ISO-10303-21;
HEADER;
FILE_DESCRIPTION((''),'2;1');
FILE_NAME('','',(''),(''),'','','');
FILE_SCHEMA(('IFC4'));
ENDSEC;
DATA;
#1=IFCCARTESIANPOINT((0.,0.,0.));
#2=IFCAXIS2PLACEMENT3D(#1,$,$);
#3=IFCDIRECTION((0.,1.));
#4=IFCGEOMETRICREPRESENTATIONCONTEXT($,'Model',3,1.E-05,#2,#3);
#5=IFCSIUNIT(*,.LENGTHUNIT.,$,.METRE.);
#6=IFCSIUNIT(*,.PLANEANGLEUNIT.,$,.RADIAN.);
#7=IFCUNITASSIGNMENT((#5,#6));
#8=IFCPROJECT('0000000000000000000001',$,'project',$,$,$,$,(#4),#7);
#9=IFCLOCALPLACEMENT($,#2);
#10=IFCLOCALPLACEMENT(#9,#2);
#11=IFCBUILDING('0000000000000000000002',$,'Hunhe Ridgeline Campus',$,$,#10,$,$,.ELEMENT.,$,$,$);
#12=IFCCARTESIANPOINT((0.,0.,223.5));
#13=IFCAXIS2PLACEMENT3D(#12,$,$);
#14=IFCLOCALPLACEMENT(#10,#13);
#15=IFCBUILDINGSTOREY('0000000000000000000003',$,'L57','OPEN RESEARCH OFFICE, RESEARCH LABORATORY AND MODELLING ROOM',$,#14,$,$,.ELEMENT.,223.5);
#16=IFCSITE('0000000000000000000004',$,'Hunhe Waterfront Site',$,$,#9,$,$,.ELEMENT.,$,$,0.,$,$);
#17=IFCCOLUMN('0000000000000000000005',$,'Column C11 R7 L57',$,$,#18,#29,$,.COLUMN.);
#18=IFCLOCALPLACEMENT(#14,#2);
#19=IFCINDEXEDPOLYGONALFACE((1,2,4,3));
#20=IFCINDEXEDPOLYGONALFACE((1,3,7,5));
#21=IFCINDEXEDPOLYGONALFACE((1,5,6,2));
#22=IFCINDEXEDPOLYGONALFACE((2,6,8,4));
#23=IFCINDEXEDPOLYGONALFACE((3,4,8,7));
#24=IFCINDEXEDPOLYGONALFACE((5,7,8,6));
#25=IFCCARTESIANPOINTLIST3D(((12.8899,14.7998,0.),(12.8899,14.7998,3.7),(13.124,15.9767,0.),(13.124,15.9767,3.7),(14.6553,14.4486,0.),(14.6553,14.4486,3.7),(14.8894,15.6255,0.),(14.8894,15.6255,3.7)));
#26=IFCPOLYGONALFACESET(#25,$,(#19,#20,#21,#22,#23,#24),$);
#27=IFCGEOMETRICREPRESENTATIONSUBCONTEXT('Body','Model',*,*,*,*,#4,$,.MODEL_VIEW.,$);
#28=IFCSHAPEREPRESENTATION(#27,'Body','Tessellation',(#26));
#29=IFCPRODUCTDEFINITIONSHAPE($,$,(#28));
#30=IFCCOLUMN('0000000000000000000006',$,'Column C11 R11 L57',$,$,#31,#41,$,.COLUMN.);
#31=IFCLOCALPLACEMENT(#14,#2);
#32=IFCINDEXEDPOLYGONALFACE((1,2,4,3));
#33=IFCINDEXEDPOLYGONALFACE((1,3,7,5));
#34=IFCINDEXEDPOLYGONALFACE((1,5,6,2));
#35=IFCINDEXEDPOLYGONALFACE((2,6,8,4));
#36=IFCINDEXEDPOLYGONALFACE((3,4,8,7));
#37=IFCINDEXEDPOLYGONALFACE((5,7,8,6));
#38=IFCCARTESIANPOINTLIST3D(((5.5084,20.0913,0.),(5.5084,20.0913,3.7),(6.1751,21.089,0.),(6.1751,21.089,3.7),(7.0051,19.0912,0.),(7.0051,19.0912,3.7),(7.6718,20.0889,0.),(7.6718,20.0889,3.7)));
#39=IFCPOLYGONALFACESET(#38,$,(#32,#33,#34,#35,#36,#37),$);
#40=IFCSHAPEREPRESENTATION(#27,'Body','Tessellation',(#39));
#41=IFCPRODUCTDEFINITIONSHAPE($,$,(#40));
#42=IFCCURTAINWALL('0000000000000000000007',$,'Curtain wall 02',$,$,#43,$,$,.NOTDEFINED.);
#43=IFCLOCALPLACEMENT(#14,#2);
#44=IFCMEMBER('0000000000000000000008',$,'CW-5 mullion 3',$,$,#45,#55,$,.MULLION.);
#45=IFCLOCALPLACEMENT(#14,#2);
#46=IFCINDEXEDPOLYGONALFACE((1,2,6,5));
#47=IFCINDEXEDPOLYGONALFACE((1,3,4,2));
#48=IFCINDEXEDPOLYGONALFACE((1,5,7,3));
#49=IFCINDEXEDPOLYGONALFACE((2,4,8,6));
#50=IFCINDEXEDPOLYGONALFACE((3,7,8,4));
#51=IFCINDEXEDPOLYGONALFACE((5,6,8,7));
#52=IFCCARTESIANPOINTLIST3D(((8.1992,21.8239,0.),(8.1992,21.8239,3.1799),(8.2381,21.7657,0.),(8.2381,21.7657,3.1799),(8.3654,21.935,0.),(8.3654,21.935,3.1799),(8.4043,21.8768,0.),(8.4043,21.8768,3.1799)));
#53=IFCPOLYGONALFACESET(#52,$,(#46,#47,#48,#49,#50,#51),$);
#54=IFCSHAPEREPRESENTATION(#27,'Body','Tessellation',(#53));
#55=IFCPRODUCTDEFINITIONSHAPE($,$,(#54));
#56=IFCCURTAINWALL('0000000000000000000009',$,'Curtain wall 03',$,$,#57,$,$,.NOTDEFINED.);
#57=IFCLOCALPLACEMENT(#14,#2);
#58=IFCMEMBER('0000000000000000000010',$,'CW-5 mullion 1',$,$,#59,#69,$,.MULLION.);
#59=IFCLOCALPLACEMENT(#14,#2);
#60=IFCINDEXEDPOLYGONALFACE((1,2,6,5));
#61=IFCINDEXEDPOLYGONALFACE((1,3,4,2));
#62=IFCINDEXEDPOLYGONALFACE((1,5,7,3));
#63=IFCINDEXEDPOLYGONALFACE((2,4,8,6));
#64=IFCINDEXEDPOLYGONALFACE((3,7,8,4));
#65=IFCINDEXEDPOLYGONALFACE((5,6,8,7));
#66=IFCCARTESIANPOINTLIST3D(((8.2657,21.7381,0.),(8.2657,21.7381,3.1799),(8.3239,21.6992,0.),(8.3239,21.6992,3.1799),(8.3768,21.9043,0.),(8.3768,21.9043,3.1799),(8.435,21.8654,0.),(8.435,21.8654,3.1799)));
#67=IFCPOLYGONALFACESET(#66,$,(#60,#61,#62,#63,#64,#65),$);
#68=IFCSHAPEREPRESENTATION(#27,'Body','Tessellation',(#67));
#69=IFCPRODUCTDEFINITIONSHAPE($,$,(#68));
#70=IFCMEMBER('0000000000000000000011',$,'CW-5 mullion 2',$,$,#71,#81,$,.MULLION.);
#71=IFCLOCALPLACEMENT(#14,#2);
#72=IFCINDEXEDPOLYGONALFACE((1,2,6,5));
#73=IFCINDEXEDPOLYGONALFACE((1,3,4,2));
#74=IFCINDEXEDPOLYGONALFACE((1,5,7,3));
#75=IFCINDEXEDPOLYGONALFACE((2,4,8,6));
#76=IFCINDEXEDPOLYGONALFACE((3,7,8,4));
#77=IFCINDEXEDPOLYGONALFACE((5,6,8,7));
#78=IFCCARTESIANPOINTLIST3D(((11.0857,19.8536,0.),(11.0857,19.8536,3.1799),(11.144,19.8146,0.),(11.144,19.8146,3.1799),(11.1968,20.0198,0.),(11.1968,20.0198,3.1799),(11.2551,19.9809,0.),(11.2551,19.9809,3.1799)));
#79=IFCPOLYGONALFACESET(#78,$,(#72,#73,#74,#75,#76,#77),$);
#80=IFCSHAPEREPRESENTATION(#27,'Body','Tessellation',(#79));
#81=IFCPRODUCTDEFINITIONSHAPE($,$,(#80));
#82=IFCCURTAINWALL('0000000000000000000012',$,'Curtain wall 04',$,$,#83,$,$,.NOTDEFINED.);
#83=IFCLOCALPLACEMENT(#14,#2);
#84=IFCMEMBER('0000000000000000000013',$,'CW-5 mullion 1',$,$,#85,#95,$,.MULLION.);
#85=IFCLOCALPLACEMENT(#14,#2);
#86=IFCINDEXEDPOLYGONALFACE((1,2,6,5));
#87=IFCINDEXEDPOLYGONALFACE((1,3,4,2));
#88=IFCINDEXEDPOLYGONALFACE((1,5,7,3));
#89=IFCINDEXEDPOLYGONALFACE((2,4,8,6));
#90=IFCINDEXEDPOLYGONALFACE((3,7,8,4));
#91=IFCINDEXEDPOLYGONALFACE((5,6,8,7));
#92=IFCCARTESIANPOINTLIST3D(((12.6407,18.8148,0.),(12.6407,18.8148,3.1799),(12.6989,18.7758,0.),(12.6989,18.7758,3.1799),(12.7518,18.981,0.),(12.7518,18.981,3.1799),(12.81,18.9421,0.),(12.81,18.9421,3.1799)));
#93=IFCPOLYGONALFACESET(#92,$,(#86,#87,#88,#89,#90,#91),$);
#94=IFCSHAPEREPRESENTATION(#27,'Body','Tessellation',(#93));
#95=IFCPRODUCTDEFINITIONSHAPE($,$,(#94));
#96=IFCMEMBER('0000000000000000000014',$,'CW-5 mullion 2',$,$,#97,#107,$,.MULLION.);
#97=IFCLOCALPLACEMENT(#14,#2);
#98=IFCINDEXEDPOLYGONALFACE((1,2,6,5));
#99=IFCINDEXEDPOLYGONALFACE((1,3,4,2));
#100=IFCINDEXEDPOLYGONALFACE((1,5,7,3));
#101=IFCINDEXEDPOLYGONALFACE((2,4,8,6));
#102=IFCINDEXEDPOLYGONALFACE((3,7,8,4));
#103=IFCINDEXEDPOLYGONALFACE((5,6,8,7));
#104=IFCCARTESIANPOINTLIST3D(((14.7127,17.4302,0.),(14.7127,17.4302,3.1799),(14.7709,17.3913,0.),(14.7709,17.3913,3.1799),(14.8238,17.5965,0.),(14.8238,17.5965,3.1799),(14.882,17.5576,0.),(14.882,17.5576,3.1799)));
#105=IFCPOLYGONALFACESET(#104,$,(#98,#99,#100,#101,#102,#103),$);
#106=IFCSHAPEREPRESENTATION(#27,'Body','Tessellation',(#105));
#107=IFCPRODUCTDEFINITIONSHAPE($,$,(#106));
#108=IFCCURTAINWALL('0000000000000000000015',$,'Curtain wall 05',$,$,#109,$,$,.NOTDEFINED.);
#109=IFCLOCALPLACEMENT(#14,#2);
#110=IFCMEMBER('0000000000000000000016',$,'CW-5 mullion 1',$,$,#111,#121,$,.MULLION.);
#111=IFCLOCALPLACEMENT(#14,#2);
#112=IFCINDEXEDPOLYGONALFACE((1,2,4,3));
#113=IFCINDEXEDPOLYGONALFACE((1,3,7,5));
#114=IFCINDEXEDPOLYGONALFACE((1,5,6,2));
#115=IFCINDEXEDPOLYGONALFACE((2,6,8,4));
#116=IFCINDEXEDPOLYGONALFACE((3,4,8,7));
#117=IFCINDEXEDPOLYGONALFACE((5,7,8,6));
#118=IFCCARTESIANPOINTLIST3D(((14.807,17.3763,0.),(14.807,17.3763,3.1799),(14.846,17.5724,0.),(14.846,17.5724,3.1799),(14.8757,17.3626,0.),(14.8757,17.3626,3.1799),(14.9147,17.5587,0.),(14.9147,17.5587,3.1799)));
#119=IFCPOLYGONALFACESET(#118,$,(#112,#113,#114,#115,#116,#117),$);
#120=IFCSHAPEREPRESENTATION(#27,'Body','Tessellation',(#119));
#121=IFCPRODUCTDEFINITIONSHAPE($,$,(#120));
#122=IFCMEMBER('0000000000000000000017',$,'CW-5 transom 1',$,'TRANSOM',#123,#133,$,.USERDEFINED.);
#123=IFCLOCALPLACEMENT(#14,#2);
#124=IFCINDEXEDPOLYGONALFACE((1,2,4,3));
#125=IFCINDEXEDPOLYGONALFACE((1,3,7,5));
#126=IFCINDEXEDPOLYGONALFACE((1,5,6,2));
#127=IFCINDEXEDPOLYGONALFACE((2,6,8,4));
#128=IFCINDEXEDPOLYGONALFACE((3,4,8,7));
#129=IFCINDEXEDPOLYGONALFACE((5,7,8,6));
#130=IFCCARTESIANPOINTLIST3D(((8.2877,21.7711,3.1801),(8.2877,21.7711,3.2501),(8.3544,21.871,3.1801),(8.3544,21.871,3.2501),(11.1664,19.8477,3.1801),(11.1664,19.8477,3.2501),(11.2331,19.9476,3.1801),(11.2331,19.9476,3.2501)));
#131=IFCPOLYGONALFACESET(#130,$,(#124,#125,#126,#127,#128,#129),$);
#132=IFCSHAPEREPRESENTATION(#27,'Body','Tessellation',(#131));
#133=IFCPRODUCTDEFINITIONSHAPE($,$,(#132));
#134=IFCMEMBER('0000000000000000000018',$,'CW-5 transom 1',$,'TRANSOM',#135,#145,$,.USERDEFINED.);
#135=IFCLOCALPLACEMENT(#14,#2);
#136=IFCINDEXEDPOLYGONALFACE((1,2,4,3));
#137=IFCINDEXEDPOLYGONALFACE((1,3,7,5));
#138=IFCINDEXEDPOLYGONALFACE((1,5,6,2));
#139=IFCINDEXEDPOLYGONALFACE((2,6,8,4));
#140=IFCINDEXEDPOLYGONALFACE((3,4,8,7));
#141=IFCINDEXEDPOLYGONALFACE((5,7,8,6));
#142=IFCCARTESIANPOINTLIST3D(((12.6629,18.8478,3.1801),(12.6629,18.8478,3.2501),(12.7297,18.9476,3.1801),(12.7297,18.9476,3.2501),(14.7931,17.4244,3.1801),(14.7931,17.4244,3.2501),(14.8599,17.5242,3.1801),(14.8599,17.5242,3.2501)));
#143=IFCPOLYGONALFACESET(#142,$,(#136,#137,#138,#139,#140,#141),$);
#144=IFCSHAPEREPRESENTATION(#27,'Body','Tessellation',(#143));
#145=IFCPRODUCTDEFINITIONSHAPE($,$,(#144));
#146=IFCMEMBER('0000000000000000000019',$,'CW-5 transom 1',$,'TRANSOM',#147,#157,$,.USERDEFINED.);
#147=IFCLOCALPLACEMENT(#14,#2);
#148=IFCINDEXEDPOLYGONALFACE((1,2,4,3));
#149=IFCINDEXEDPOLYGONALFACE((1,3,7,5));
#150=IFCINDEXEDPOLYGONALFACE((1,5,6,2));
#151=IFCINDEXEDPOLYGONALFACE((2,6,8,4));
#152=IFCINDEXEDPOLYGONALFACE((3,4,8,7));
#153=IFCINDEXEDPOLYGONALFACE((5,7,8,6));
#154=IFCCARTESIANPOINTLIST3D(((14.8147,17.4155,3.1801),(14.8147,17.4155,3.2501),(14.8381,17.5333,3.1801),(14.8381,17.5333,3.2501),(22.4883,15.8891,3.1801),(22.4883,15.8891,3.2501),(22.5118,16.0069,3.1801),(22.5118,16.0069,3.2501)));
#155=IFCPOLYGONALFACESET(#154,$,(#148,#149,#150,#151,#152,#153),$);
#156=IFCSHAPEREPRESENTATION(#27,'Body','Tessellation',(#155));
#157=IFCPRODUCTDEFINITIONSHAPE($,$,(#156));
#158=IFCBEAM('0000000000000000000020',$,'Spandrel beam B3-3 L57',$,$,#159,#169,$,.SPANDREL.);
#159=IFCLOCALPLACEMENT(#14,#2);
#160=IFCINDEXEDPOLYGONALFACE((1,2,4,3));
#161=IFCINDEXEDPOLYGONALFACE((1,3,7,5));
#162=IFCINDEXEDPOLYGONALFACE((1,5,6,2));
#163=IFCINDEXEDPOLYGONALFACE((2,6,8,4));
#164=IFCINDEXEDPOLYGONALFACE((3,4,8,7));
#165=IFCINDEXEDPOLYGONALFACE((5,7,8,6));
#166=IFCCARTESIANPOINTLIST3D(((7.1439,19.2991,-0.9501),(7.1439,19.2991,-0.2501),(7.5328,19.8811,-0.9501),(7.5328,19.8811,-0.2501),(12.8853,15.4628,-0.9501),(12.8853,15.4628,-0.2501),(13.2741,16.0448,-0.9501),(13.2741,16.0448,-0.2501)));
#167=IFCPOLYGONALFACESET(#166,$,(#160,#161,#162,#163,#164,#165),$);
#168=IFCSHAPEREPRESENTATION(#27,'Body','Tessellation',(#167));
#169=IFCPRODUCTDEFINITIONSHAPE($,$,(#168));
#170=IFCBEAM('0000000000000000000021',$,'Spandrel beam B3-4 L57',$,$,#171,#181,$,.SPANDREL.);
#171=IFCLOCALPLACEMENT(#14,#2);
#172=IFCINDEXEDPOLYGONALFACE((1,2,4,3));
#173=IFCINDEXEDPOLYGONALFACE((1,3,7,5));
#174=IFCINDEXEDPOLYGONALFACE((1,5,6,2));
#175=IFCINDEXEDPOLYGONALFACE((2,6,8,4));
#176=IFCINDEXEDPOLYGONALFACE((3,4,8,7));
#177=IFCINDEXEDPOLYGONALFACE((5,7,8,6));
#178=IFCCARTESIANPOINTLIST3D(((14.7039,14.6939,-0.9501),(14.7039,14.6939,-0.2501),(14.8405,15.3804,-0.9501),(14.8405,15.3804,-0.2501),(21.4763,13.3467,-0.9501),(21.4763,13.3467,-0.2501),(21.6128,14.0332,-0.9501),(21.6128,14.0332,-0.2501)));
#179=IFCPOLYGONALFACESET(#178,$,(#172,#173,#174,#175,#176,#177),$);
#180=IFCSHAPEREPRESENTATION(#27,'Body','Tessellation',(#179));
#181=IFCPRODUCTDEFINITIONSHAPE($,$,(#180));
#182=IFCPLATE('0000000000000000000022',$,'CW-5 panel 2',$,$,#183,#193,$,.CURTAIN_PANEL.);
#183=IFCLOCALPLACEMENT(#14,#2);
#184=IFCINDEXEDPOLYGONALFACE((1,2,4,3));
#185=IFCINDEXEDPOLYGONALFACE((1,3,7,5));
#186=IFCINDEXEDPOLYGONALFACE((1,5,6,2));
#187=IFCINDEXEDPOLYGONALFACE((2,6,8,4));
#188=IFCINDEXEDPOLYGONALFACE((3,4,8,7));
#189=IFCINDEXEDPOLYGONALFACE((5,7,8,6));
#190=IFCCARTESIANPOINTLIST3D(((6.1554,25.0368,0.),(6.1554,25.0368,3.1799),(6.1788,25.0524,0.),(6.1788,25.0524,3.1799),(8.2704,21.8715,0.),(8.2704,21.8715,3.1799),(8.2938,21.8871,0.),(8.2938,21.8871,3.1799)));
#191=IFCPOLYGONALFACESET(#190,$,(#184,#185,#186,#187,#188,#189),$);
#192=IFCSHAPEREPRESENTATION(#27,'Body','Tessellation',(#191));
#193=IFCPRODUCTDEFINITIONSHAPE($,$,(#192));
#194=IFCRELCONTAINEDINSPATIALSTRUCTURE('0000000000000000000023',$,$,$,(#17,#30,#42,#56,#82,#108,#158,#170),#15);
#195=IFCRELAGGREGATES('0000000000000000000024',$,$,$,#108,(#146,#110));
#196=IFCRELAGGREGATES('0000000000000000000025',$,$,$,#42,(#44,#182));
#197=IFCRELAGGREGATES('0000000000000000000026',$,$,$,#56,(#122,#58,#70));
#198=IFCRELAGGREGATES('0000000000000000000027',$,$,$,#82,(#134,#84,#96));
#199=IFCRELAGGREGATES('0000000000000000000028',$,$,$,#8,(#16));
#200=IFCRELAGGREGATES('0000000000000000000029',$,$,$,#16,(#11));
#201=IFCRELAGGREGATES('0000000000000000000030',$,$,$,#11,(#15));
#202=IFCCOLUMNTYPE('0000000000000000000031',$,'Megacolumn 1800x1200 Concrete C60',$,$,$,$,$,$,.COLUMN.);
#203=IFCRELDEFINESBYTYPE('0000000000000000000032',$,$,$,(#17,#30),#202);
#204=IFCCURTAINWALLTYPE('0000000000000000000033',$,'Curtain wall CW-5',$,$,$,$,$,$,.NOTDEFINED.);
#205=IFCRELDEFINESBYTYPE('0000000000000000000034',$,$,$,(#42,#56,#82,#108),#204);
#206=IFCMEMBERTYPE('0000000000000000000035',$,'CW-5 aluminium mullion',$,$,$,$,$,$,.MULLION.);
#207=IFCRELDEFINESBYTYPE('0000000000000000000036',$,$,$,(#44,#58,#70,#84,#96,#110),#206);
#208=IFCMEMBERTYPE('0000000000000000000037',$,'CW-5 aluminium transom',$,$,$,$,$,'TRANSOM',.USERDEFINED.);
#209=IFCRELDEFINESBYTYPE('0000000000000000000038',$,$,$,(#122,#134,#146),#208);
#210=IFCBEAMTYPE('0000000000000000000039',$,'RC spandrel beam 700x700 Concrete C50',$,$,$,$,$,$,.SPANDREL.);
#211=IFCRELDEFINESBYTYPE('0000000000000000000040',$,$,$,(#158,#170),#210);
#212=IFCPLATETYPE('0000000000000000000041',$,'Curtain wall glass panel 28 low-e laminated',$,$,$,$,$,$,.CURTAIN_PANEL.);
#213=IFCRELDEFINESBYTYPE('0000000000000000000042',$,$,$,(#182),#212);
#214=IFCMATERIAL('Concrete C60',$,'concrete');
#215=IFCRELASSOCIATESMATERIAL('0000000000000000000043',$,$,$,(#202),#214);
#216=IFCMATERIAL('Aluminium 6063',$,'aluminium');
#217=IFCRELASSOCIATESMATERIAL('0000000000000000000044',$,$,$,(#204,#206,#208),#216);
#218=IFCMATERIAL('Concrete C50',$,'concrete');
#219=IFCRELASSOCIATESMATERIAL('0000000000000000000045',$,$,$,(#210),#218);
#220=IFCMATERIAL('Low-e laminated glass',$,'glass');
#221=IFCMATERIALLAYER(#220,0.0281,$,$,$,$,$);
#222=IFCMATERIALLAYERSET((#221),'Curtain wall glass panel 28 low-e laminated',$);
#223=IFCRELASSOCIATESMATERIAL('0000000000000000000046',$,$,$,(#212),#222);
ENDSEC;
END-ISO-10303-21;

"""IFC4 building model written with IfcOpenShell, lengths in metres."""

from ifc_helpers import new_model, si_unit, direction, frame, origin, origin_2d, place, context, subcontext, project, spatial, rectangle, extrude, material, layer, layer_set, material_profile, profile_set, type_object, element, aggregate, save


model = new_model("IFC4")

# Units and contexts
model_context = context("Model", 3, precision=1e-05, world=origin(), true_north=direction((0.0, 1.0)))
body_context = subcontext(model_context, "Body", "Model", "MODEL_VIEW")
ifc_project = project(units=[si_unit("LENGTHUNIT", "METRE"), si_unit("PLANEANGLEUNIT", "RADIAN")], contexts=[model_context])

# Site, building, storey
site_placement = place(None, origin())
site = spatial("IfcSite", under=ifc_project, at=site_placement, Name="Hunhe Waterfront Site", CompositionType="ELEMENT", RefElevation=0.0)
building_placement = place(site_placement, origin())
building = spatial("IfcBuilding", under=site, at=building_placement, Name="Hunhe Ridgeline Campus", CompositionType="ELEMENT")
storey_placement = place(building_placement, frame((0.0, 0.0, 223.5)))
storey = spatial("IfcBuildingStorey", under=building, at=storey_placement, Name="L57", Description="OPEN RESEARCH OFFICE, RESEARCH LABORATORY AND MODELLING ROOM", CompositionType="ELEMENT", Elevation=223.5)

# Columns
ifc_material_1 = material(Name="Concrete C60", Category="concrete")
ifc_material_profile_1 = material_profile(ifc_material_1, rectangle(XDim=1.8, YDim=1.2, at=origin_2d()))
ifc_profile_set_1 = profile_set([ifc_material_profile_1], Name="Concrete C60")
column_type = type_object("IfcColumnType", Name="Megacolumn 1800x1200 Concrete C60", PredefinedType="COLUMN", material=ifc_profile_set_1)
for number, where, z_axis, x_axis, name in (
    (1, (13.8896, 15.2126, 0.0), (0.0, 0.0, 1.0), (-0.980785, 0.19509, 0.0), "Column C11 R7 L57"),
    (2, (6.5901, 20.0901, 0.0), (0.0, 0.0, 1.0), (-0.83147, 0.55557, 0.0), "Column C11 R11 L57"),
):
    element("IfcColumn", number, at=place(storey_placement, frame(where, z_axis=z_axis, x_axis=x_axis)), inside=storey, type_object=column_type, Name=name, PredefinedType="COLUMN", context=body_context, shape_type="SweptSolid", body=[
        extrude(rectangle(XDim=1.8, YDim=1.2, at=origin_2d()), origin(), (0.0, 0.0, 1.0), 3.7),
    ])

# Curtain wall, member
ifc_material_2 = material(Name="Aluminium 6063", Category="aluminium")
curtain_wall_type = type_object("IfcCurtainWallType", Name="Curtain wall CW-5", PredefinedType="NOTDEFINED", material=ifc_material_2)
curtain_wall_1_placement = place(storey_placement, origin())
curtain_wall_1 = element("IfcCurtainWall", 3, at=curtain_wall_1_placement, inside=storey, type_object=curtain_wall_type, Name="Curtain wall 02", PredefinedType="NOTDEFINED")
ifc_material_profile_2 = material_profile(ifc_material_2, rectangle(XDim=0.2, YDim=0.0701, at=origin_2d()))
ifc_profile_set_2 = profile_set([ifc_material_profile_2], Name="Aluminium 6063")
member_type_1 = type_object("IfcMemberType", Name="CW-5 aluminium mullion", PredefinedType="MULLION", material=ifc_profile_set_2)
member_1_placement = place(storey_placement, frame((8.3018, 21.8503, 0.0), z_axis=(0.0, 0.0, 1.0), x_axis=(0.83147, 0.55557, 0.0)))
member_1 = element("IfcMember", 4, at=member_1_placement, type_object=member_type_1, Name="CW-5 mullion 3", PredefinedType="MULLION", context=body_context, shape_type="SweptSolid", body=[
    extrude(rectangle(XDim=0.2, YDim=0.0701, at=origin_2d()), origin(), (0.0, 0.0, 1.0), 3.1799),
])

# Curtain walls, members
curtain_wall_2_placement = place(storey_placement, origin())
curtain_wall_2 = element("IfcCurtainWall", 5, at=curtain_wall_2_placement, inside=storey, type_object=curtain_wall_type, Name="Curtain wall 03", PredefinedType="NOTDEFINED")
member_2_placement = place(storey_placement, frame((8.3503, 21.8018, 0.0), z_axis=(0.0, 0.0, 1.0), x_axis=(0.55557, 0.83147, 0.0)))
member_2 = element("IfcMember", 6, at=member_2_placement, type_object=member_type_1, Name="CW-5 mullion 1", PredefinedType="MULLION", context=body_context, shape_type="SweptSolid", body=[
    extrude(rectangle(XDim=0.2, YDim=0.0701, at=origin_2d()), origin(), (0.0, 0.0, 1.0), 3.1799),
])
member_3_placement = place(storey_placement, frame((11.1704, 19.9172, 0.0), z_axis=(0.0, 0.0, 1.0), x_axis=(0.55557, 0.83147, 0.0)))
member_3 = element("IfcMember", 7, at=member_3_placement, type_object=member_type_1, Name="CW-5 mullion 2", PredefinedType="MULLION", context=body_context, shape_type="SweptSolid", body=[
    extrude(rectangle(XDim=0.2, YDim=0.0701, at=origin_2d()), origin(), (0.0, 0.0, 1.0), 3.1799),
])
curtain_wall_3_placement = place(storey_placement, origin())
curtain_wall_3 = element("IfcCurtainWall", 8, at=curtain_wall_3_placement, inside=storey, type_object=curtain_wall_type, Name="Curtain wall 04", PredefinedType="NOTDEFINED")
member_4_placement = place(storey_placement, frame((12.7253, 18.8784, 0.0), z_axis=(0.0, 0.0, 1.0), x_axis=(0.55557, 0.83147, 0.0)))
member_4 = element("IfcMember", 9, at=member_4_placement, type_object=member_type_1, Name="CW-5 mullion 1", PredefinedType="MULLION", context=body_context, shape_type="SweptSolid", body=[
    extrude(rectangle(XDim=0.2, YDim=0.0701, at=origin_2d()), origin(), (0.0, 0.0, 1.0), 3.1799),
])
member_5_placement = place(storey_placement, frame((14.7974, 17.4939, 0.0), z_axis=(0.0, 0.0, 1.0), x_axis=(0.55557, 0.83147, 0.0)))
member_5 = element("IfcMember", 10, at=member_5_placement, type_object=member_type_1, Name="CW-5 mullion 2", PredefinedType="MULLION", context=body_context, shape_type="SweptSolid", body=[
    extrude(rectangle(XDim=0.2, YDim=0.0701, at=origin_2d()), origin(), (0.0, 0.0, 1.0), 3.1799),
])

# Curtain wall, member
curtain_wall_4_placement = place(storey_placement, origin())
curtain_wall_4 = element("IfcCurtainWall", 11, at=curtain_wall_4_placement, inside=storey, type_object=curtain_wall_type, Name="Curtain wall 05", PredefinedType="NOTDEFINED")
member_6_placement = place(storey_placement, frame((14.8608, 17.4675, 0.0), z_axis=(0.0, 0.0, 1.0), x_axis=(0.19509, 0.980785, 0.0)))
member_6 = element("IfcMember", 12, at=member_6_placement, type_object=member_type_1, Name="CW-5 mullion 1", PredefinedType="MULLION", context=body_context, shape_type="SweptSolid", body=[
    extrude(rectangle(XDim=0.2, YDim=0.0701, at=origin_2d()), origin(), (0.0, 0.0, 1.0), 3.1799),
])

# Members
ifc_material_profile_3 = material_profile(ifc_material_2, rectangle(XDim=0.1201, YDim=0.0701, at=origin_2d()))
ifc_profile_set_3 = profile_set([ifc_material_profile_3], Name="Aluminium 6063")
member_type_2 = type_object("IfcMemberType", Name="CW-5 aluminium transom", ElementType="TRANSOM", PredefinedType="USERDEFINED", material=ifc_profile_set_3)
member_7_placement = place(storey_placement, frame((8.321, 21.821, 3.2151), z_axis=(0.831486, -0.555546, 0.0), x_axis=(0.555546, 0.831486, 0.0)))
member_7 = element("IfcMember", 13, at=member_7_placement, type_object=member_type_2, Name="CW-5 transom 1", ObjectType="TRANSOM", PredefinedType="USERDEFINED", context=body_context, shape_type="SweptSolid", body=[
    extrude(rectangle(XDim=0.1201, YDim=0.0701, at=origin_2d()), origin(), (0.0, 0.0, 1.0), 3.4622),
])
member_8_placement = place(storey_placement, frame((12.6963, 18.8977, 3.2151), z_axis=(0.831463, -0.55558, 0.0), x_axis=(0.55558, 0.831463, 0.0)))
member_8 = element("IfcMember", 14, at=member_8_placement, type_object=member_type_2, Name="CW-5 transom 1", ObjectType="TRANSOM", PredefinedType="USERDEFINED", context=body_context, shape_type="SweptSolid", body=[
    extrude(rectangle(XDim=0.1201, YDim=0.0701, at=origin_2d()), origin(), (0.0, 0.0, 1.0), 2.562),
])
member_9_placement = place(storey_placement, frame((14.8264, 17.4744, 3.2151), z_axis=(0.980785, -0.19509, 0.0), x_axis=(0.19509, 0.980785, 0.0)))
member_9 = element("IfcMember", 15, at=member_9_placement, type_object=member_type_2, Name="CW-5 transom 1", ObjectType="TRANSOM", PredefinedType="USERDEFINED", context=body_context, shape_type="SweptSolid", body=[
    extrude(rectangle(XDim=0.1201, YDim=0.0701, at=origin_2d()), origin(), (0.0, 0.0, 1.0), 7.824),
])
aggregate(curtain_wall_4, [member_9, member_6])

# Beams
ifc_material_3 = material(Name="Concrete C50", Category="concrete")
ifc_material_profile_4 = material_profile(ifc_material_3, rectangle(XDim=0.7, YDim=0.7, at=origin_2d()))
ifc_profile_set_4 = profile_set([ifc_material_profile_4], Name="Concrete C50")
beam_type = type_object("IfcBeamType", Name="RC spandrel beam 700x700 Concrete C50", PredefinedType="SPANDREL", material=ifc_profile_set_4)
for number, where, z_axis, x_axis, name in (
    (16, (7.3384, 19.5901, -0.6001), (0.831468, -0.555573, 0.0), (0.555573, 0.831468, 0.0), "Spandrel beam B3-3 L57"),
    (17, (14.7722, 15.0371, -0.6001), (0.980784, -0.195096, 0.0), (0.195096, 0.980784, 0.0), "Spandrel beam B3-4 L57"),
):
    element("IfcBeam", number, at=place(storey_placement, frame(where, z_axis=z_axis, x_axis=x_axis)), inside=storey, type_object=beam_type, Name=name, PredefinedType="SPANDREL", context=body_context, shape_type="SweptSolid", body=[
        extrude(rectangle(XDim=0.7, YDim=0.7, at=origin_2d()), origin(), (0.0, 0.0, 1.0), 6.905),
    ])

# Plate
ifc_material_4 = material(Name="Low-e laminated glass", Category="glass")
ifc_layer_1 = layer(ifc_material_4, 0.0281)
ifc_layer_set_1 = layer_set([ifc_layer_1], Name="Curtain wall glass panel 28 low-e laminated")
plate_type = type_object("IfcPlateType", Name="Curtain wall glass panel 28 low-e laminated", PredefinedType="CURTAIN_PANEL", material=ifc_layer_set_1)
plate_1_placement = place(storey_placement, frame((7.2246, 23.4619, 0.0), z_axis=(0.0, 0.0, 1.0), x_axis=(0.55557, -0.83147, 0.0)))
plate_1 = element("IfcPlate", 18, at=plate_1_placement, type_object=plate_type, Name="CW-5 panel 2", PredefinedType="CURTAIN_PANEL", context=body_context, shape_type="SweptSolid", body=[
    extrude(rectangle(XDim=3.8069, YDim=0.0281, at=origin_2d()), origin(), (0.0, 0.0, 1.0), 3.1799),
])
aggregate(curtain_wall_1, [member_1, plate_1])
aggregate(curtain_wall_2, [member_7, member_2, member_3])
aggregate(curtain_wall_3, [member_8, member_4, member_5])

save(model, "model.ifc")
